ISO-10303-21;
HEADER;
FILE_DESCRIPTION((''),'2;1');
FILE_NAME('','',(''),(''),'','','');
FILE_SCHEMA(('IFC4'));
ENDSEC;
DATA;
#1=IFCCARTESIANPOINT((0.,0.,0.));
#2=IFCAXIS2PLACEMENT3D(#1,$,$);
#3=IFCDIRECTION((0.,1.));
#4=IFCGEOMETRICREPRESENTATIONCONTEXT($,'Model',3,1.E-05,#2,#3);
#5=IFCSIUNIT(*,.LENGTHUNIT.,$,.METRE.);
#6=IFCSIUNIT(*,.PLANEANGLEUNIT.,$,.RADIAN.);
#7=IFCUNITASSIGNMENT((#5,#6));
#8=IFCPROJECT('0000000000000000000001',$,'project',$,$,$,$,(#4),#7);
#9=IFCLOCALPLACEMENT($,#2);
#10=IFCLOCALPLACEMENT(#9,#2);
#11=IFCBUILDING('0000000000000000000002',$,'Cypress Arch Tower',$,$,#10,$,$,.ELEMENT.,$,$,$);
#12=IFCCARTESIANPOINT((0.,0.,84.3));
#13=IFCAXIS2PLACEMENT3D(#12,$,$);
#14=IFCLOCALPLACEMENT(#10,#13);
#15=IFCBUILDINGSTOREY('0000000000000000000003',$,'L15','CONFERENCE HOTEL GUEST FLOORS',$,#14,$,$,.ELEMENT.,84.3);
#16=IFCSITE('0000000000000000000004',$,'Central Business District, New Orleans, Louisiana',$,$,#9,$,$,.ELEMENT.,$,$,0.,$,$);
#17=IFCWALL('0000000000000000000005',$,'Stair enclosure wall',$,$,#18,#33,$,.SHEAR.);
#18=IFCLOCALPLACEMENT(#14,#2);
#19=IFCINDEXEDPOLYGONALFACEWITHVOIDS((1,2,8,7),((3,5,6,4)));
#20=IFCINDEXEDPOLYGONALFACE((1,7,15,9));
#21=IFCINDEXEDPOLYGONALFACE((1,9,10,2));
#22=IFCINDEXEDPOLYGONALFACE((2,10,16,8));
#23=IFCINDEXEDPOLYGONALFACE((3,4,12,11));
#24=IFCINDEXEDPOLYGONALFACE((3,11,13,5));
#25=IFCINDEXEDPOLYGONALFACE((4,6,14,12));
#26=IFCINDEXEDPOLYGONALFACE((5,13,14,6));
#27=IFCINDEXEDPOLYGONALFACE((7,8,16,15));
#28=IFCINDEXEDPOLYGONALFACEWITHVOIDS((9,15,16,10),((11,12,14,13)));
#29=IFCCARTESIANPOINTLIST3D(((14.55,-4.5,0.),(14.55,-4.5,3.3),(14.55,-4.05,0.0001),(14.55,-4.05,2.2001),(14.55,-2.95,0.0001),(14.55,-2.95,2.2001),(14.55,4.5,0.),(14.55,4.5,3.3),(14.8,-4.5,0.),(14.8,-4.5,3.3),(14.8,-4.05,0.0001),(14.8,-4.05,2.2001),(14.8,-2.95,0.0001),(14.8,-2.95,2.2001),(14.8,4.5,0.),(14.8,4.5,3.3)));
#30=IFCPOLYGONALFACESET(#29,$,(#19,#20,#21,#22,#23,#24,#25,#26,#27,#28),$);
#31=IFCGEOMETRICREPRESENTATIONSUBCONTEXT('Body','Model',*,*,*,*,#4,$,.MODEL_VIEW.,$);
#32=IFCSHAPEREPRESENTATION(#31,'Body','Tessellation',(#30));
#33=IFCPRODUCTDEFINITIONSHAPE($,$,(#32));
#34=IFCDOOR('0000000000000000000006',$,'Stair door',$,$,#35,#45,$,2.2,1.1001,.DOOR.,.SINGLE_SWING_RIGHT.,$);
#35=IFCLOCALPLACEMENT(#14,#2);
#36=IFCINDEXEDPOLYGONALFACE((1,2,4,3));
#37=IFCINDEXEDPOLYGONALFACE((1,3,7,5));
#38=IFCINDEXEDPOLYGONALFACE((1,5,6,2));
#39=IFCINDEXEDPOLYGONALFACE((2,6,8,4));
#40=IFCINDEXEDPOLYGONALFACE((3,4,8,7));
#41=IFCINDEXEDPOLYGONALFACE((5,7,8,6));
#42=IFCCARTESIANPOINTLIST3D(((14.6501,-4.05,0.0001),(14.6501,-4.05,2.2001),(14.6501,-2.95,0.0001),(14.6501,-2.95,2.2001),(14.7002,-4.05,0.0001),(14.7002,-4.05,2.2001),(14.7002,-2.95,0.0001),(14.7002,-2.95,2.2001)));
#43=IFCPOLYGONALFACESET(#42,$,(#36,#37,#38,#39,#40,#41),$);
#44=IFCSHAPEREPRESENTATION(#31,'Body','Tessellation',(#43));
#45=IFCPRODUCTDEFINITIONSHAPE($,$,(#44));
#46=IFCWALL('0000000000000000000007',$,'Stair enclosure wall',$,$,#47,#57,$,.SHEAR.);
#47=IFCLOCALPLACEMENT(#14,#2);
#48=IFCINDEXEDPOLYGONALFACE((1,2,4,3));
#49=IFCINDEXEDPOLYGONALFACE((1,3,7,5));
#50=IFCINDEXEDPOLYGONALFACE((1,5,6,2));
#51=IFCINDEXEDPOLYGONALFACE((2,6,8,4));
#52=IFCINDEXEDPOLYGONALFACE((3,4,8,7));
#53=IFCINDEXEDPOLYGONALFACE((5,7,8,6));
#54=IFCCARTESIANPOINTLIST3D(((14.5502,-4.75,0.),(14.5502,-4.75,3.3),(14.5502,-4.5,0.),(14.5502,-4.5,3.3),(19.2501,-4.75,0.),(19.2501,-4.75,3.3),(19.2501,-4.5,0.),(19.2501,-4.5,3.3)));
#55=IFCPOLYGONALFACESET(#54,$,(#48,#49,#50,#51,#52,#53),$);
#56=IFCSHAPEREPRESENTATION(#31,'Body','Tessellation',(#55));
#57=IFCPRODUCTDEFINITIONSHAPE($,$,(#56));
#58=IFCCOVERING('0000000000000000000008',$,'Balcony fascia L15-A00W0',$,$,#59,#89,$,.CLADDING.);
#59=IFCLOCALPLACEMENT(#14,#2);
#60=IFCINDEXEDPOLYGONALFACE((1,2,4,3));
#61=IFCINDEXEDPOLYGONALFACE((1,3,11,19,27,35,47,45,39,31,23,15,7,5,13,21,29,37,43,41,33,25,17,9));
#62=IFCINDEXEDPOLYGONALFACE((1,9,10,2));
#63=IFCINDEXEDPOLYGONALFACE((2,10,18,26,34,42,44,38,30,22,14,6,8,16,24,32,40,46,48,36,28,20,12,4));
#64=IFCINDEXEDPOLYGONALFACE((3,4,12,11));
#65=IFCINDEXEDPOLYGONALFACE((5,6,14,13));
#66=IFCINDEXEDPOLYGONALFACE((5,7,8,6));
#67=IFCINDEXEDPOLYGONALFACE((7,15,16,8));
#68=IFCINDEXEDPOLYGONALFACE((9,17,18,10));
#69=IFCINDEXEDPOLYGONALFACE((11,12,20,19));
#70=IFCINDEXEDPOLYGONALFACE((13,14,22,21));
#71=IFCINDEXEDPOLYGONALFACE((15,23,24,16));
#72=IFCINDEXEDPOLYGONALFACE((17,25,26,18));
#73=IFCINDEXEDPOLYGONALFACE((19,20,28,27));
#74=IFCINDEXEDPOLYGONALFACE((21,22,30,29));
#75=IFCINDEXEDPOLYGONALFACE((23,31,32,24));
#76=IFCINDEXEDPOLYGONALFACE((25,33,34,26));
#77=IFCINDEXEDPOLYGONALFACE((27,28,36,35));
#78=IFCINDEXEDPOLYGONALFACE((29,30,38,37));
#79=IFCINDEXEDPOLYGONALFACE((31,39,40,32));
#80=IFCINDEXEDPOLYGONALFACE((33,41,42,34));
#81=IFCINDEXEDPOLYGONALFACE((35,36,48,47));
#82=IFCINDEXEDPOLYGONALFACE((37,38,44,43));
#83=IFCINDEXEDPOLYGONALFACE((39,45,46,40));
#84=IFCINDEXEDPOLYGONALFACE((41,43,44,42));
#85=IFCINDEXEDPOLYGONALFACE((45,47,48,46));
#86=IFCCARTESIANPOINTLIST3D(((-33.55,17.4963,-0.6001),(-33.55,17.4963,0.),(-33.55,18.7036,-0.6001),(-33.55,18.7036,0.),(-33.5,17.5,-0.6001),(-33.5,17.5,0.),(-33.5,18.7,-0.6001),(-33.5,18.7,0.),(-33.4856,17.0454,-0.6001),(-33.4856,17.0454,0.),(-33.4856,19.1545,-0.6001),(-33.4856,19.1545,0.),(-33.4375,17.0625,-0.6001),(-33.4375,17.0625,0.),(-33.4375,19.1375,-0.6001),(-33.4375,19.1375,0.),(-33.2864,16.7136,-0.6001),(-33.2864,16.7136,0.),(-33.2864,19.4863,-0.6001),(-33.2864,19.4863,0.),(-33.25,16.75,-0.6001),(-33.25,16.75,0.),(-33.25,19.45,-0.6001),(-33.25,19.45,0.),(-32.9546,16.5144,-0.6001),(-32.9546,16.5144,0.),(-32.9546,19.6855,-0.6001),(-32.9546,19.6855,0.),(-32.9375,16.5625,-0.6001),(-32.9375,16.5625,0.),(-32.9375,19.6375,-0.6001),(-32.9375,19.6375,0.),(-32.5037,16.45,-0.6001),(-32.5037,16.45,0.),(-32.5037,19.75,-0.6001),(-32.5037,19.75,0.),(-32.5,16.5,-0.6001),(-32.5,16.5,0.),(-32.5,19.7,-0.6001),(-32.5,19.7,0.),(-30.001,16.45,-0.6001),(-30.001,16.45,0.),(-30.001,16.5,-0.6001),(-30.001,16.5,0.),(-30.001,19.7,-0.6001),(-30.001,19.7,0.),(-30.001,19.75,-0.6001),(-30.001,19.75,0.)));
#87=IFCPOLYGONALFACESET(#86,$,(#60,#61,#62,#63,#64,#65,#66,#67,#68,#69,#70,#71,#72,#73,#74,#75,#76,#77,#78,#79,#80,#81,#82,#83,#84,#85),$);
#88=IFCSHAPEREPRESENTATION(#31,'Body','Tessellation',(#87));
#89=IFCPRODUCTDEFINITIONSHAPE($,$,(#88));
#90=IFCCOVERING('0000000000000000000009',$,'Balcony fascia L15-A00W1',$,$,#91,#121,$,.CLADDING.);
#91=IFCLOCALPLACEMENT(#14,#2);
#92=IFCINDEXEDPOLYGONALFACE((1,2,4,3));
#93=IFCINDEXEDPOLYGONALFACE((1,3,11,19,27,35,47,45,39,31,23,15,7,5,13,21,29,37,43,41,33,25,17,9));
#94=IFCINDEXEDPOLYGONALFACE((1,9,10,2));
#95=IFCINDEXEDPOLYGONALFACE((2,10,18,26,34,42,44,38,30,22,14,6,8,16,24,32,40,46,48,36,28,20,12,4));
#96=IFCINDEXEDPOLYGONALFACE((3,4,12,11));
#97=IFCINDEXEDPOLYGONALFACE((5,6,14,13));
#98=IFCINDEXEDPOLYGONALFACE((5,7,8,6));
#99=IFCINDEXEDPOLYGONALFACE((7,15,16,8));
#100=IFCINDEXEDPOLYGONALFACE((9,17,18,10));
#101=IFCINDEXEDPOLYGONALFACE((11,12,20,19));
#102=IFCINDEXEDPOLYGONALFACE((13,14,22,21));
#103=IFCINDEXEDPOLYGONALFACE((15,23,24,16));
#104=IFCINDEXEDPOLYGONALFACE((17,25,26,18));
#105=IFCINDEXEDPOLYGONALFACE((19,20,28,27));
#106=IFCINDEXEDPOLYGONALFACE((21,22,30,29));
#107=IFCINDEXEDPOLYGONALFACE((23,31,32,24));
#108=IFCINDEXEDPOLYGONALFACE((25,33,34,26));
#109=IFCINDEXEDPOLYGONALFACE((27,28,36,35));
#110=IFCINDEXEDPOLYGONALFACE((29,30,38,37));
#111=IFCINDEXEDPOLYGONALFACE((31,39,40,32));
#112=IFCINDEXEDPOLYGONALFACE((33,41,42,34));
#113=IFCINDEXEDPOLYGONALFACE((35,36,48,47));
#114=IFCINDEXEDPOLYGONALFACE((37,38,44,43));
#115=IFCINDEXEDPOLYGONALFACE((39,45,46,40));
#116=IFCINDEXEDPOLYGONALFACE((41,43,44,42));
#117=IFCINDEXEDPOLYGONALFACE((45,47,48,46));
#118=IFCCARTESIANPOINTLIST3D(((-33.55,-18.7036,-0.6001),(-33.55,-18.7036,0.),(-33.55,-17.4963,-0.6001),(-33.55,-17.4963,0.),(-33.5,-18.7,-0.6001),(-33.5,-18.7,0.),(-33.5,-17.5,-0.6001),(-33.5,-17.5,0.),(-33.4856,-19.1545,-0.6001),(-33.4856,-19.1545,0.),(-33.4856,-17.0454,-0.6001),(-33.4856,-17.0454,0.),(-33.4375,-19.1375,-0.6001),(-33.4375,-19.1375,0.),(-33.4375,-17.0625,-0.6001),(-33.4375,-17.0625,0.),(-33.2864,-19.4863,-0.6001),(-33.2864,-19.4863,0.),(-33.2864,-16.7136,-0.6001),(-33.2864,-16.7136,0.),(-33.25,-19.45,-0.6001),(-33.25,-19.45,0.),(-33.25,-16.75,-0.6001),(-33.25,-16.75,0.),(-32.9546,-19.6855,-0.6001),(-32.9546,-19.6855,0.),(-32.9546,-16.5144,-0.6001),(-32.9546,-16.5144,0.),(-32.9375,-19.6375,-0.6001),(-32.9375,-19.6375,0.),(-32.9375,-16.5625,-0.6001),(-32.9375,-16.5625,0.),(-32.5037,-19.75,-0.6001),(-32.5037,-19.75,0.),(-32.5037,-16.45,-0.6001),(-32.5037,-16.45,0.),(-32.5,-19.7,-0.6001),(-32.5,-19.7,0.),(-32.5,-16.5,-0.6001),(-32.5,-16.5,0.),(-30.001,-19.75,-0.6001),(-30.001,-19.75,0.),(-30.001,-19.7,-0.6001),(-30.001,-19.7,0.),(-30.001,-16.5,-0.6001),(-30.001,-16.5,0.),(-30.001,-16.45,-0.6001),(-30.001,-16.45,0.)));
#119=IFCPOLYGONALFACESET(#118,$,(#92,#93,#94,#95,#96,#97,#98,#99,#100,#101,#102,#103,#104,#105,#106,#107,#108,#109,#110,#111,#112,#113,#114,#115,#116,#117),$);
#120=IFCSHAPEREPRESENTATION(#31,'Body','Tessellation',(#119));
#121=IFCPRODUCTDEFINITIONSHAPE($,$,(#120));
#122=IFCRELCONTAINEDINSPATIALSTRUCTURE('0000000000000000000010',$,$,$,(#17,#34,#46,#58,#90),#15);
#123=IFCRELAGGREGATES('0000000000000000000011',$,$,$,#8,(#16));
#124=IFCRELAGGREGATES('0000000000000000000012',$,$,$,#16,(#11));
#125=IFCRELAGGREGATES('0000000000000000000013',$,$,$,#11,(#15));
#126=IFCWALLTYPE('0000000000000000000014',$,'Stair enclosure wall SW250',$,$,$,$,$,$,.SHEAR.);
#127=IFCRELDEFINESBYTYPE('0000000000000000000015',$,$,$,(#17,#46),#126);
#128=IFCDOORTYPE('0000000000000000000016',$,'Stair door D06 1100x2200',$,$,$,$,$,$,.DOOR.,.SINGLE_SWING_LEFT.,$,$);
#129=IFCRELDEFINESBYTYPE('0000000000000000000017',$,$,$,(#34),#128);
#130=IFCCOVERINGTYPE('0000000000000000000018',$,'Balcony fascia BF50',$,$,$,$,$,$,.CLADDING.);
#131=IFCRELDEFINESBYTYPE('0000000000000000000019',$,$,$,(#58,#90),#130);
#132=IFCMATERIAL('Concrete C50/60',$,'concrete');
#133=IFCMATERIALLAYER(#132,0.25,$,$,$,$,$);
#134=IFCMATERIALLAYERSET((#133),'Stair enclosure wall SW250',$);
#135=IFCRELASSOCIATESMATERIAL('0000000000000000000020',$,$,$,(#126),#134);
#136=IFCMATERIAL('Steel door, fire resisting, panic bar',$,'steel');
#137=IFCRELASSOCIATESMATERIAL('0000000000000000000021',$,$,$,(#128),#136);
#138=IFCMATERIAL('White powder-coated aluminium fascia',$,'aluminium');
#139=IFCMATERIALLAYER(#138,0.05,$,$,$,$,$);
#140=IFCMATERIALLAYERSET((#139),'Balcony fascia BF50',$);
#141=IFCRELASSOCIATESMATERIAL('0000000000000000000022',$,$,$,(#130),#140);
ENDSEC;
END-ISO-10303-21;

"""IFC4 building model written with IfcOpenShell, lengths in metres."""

from ifc_helpers import new_model, si_unit, direction, frame, frame_2d, origin, place, context, subcontext, project, spatial, polyline, rectangle, outline, extrude, material, layer, layer_set, type_object, element, fill, save


model = new_model("IFC4")

# Units and contexts
model_context = context("Model", 3, precision=1e-05, world=origin(), true_north=direction((0.0, 1.0)))
body_context = subcontext(model_context, "Body", "Model", "MODEL_VIEW")
ifc_project = project(units=[si_unit("LENGTHUNIT", "METRE"), si_unit("PLANEANGLEUNIT", "RADIAN")], contexts=[model_context])

# Site, building, storey
site_placement = place(None, origin())
site = spatial("IfcSite", under=ifc_project, at=site_placement, Name="Central Business District, New Orleans, Louisiana", CompositionType="ELEMENT", RefElevation=0.0)
building_placement = place(site_placement, origin())
building = spatial("IfcBuilding", under=site, at=building_placement, Name="Cypress Arch Tower", CompositionType="ELEMENT")
storey_placement = place(building_placement, frame((0.0, 0.0, 84.3)))
storey = spatial("IfcBuildingStorey", under=building, at=storey_placement, Name="L15", Description="CONFERENCE HOTEL GUEST FLOORS", CompositionType="ELEMENT", Elevation=84.3)

# Wall, opening, door
ifc_material_1 = material(Name="Concrete C50/60", Category="concrete")
ifc_layer_1 = layer(ifc_material_1, 0.25)
ifc_layer_set_1 = layer_set([ifc_layer_1], Name="Stair enclosure wall SW250")
wall_type_1 = type_object("IfcWallType", Name="Stair enclosure wall SW250", PredefinedType="SHEAR", material=ifc_layer_set_1)
wall_1_placement = place(storey_placement, frame((14.675, -4.5, 0.0), z_axis=(0.0, 0.0, 1.0), x_axis=(0.0, 1.0, 0.0)))
wall_1 = element("IfcWall", 1, at=wall_1_placement, inside=storey, type_object=wall_type_1, Name="Stair enclosure wall", PredefinedType="SHEAR", context=body_context, shape_type="SweptSolid", body=[
    extrude(rectangle(XDim=9.0, YDim=0.25, at=frame_2d((4.5, 0.0))), origin(), (0.0, 0.0, 1.0), 3.3),
])
opening_1_placement = place(wall_1_placement, frame((0.45, 0.0, 0.0)))
opening_1 = element("IfcOpeningElement", 2, at=opening_1_placement, cuts=wall_1, PredefinedType="OPENING", context=body_context, shape_type="SweptSolid", body=[
    extrude(rectangle(XDim=1.1001, YDim=2.2, at=frame_2d((0.55, 1.1001))), frame((0.0, 0.135, 0.0), z_axis=(0.0, -1.0, 0.0), x_axis=(1.0, 0.0, 0.0)), (0.0, 0.0, 1.0), 0.27),
])
ifc_material_2 = material(Name="Steel door, fire resisting, panic bar", Category="steel")
door_type_1 = type_object("IfcDoorType", Name="Stair door D06 1100x2200", OperationType="SINGLE_SWING_LEFT", PredefinedType="DOOR", material=ifc_material_2)
door_1_placement = place(opening_1_placement, origin())
door_1 = element("IfcDoor", 3, at=door_1_placement, inside=storey, type_object=door_type_1, Name="Stair door", OperationType="SINGLE_SWING_RIGHT", OverallHeight=2.2, OverallWidth=1.1001, PredefinedType="DOOR", context=body_context, shape_type="SweptSolid", body=[
    extrude(rectangle(XDim=1.1001, YDim=2.2, at=frame_2d((0.55, 1.1001))), frame((0.0, 0.0249, 0.0), z_axis=(0.0, -1.0, 0.0), x_axis=(1.0, 0.0, 0.0)), (0.0, 0.0, 1.0), 0.05),
])
fill(opening_1, door_1)

# Wall
wall_2_placement = place(storey_placement, frame((14.55, -4.625, 0.0), z_axis=(0.0, 0.0, 1.0), x_axis=(1.0, 0.0, 0.0)))
element("IfcWall", 4, at=wall_2_placement, inside=storey, type_object=wall_type_1, Name="Stair enclosure wall", PredefinedType="SHEAR", context=body_context, shape_type="SweptSolid", body=[
    extrude(rectangle(XDim=4.7, YDim=0.25, at=frame_2d((2.3501, 0.0))), origin(), (0.0, 0.0, 1.0), 3.3),
])

# Coverings
ifc_material_3 = material(Name="White powder-coated aluminium fascia", Category="aluminium")
ifc_layer_2 = layer(ifc_material_3, 0.05)
ifc_layer_set_2 = layer_set([ifc_layer_2], Name="Balcony fascia BF50")
covering_type = type_object("IfcCoveringType", Name="Balcony fascia BF50", PredefinedType="CLADDING", material=ifc_layer_set_2)
covering_1_placement = place(storey_placement, frame((0.0, 0.0, -0.6001)))
element("IfcCovering", 5, at=covering_1_placement, inside=storey, type_object=covering_type, Name="Balcony fascia L15-A00W0", PredefinedType="CLADDING", context=body_context, shape_type="SweptSolid", body=[
    extrude(outline(polyline([(-32.5037, 16.45), (-32.9546, 16.5144), (-33.2864, 16.7136), (-33.4856, 17.0454), (-33.55, 17.4963), (-33.55, 18.7036), (-33.4856, 19.1545), (-33.2864, 19.4863), (-32.9546, 19.6855), (-32.5037, 19.75), (-30.001, 19.75), (-30.001, 19.7), (-32.5, 19.7), (-32.9375, 19.6375), (-33.25, 19.45), (-33.4375, 19.1375), (-33.5, 18.7), (-33.5, 17.5), (-33.4375, 17.0625), (-33.25, 16.75), (-32.9375, 16.5625), (-32.5, 16.5), (-30.001, 16.5), (-30.001, 16.45), (-32.5037, 16.45)])), origin(), (0.0, 0.0, 1.0), 0.6001),
])
covering_2_placement = place(storey_placement, frame((0.0, 0.0, -0.6001)))
element("IfcCovering", 6, at=covering_2_placement, inside=storey, type_object=covering_type, Name="Balcony fascia L15-A00W1", PredefinedType="CLADDING", context=body_context, shape_type="SweptSolid", body=[
    extrude(outline(polyline([(-32.5037, -19.75), (-32.9546, -19.6855), (-33.2864, -19.4863), (-33.4856, -19.1545), (-33.55, -18.7036), (-33.55, -17.4963), (-33.4856, -17.0454), (-33.2864, -16.7136), (-32.9546, -16.5144), (-32.5037, -16.45), (-30.001, -16.45), (-30.001, -16.5), (-32.5, -16.5), (-32.9375, -16.5625), (-33.25, -16.75), (-33.4375, -17.0625), (-33.5, -17.5), (-33.5, -18.7), (-33.4375, -19.1375), (-33.25, -19.45), (-32.9375, -19.6375), (-32.5, -19.7), (-30.001, -19.7), (-30.001, -19.75), (-32.5037, -19.75)])), origin(), (0.0, 0.0, 1.0), 0.6001),
])

save(model, "model.ifc")
